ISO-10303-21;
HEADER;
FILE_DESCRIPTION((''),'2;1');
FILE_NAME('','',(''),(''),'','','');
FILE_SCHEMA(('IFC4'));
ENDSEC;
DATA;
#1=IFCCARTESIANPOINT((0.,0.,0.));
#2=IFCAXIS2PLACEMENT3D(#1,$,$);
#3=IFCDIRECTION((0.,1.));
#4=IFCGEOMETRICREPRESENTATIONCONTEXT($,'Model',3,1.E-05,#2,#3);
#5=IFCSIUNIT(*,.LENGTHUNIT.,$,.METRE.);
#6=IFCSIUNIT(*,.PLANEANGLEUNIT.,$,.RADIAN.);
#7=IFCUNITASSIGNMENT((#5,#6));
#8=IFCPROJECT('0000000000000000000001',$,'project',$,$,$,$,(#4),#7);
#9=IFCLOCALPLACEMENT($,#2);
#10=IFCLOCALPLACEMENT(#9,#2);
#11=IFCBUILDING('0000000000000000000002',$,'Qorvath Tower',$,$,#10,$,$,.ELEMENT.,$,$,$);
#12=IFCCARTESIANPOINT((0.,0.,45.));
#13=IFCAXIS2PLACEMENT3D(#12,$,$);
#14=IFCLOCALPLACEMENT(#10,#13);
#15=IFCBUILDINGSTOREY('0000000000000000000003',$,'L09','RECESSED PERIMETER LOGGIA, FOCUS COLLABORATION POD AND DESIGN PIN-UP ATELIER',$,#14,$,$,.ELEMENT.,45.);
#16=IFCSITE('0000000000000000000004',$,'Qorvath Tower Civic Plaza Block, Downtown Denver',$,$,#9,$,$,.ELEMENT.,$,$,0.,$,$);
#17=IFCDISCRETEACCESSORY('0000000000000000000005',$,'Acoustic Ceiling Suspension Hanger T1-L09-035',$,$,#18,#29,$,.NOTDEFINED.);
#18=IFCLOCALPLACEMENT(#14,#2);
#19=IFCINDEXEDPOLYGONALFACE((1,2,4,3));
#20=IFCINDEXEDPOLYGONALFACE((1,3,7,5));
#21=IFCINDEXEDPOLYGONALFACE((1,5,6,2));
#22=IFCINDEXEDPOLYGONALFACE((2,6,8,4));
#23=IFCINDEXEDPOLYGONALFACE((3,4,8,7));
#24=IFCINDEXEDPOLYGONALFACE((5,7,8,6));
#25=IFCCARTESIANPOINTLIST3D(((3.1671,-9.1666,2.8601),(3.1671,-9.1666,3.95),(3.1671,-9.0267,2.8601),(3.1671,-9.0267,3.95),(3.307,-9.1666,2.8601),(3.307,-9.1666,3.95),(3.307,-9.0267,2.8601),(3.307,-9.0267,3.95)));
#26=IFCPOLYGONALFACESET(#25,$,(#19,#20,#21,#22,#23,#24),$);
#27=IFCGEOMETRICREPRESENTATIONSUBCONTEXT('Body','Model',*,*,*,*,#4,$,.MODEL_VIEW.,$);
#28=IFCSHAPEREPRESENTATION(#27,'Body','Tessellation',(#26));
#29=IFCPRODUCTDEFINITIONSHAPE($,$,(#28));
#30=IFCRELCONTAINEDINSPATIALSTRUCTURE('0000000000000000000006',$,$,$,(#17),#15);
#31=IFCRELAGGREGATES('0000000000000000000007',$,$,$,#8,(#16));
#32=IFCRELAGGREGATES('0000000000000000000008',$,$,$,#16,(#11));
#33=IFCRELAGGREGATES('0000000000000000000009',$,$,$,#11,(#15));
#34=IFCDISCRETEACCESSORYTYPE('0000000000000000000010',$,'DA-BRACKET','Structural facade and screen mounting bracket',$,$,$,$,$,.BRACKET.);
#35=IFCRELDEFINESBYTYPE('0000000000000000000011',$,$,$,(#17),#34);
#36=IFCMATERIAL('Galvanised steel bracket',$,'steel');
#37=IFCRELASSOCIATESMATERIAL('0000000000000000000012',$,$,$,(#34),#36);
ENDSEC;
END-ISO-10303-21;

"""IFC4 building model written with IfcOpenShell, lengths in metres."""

from ifc_helpers import new_model, si_unit, direction, frame, origin, origin_2d, place, context, subcontext, project, spatial, rectangle, extrude, material, type_object, element, save


model = new_model("IFC4")

# Units and contexts
model_context = context("Model", 3, precision=1e-05, world=origin(), true_north=direction((0.0, 1.0)))
body_context = subcontext(model_context, "Body", "Model", "MODEL_VIEW")
ifc_project = project(units=[si_unit("LENGTHUNIT", "METRE"), si_unit("PLANEANGLEUNIT", "RADIAN")], contexts=[model_context])

# Site, building, storey
site_placement = place(None, origin())
site = spatial("IfcSite", under=ifc_project, at=site_placement, Name="Qorvath Tower Civic Plaza Block, Downtown Denver", CompositionType="ELEMENT", RefElevation=0.0)
building_placement = place(site_placement, origin())
building = spatial("IfcBuilding", under=site, at=building_placement, Name="Qorvath Tower", CompositionType="ELEMENT")
storey_placement = place(building_placement, frame((0.0, 0.0, 45.0)))
storey = spatial("IfcBuildingStorey", under=building, at=storey_placement, Name="L09", Description="RECESSED PERIMETER LOGGIA, FOCUS COLLABORATION POD AND DESIGN PIN-UP ATELIER", CompositionType="ELEMENT", Elevation=45.0)

# Discrete accessory
ifc_material_1 = material(Name="Galvanised steel bracket", Category="steel")
discrete_accessory_type = type_object("IfcDiscreteAccessoryType", Name="DA-BRACKET", Description="Structural facade and screen mounting bracket", PredefinedType="BRACKET", material=ifc_material_1)
for number, where, z_axis, x_axis, name in (
    (1, (3.2371, -9.0967, 2.8601), (0.0, 0.0, 1.0), (1.0, 0.0, 0.0), "Acoustic Ceiling Suspension Hanger T1-L09-035"),
):
    element("IfcDiscreteAccessory", number, at=place(storey_placement, frame(where, z_axis=z_axis, x_axis=x_axis)), inside=storey, type_object=discrete_accessory_type, Name=name, PredefinedType="NOTDEFINED", context=body_context, shape_type="SweptSolid", body=[
        extrude(rectangle(XDim=0.1399, YDim=0.1399, at=origin_2d()), origin(), (0.0, 0.0, 1.0), 1.0898),
    ])

save(model, "model.ifc")
